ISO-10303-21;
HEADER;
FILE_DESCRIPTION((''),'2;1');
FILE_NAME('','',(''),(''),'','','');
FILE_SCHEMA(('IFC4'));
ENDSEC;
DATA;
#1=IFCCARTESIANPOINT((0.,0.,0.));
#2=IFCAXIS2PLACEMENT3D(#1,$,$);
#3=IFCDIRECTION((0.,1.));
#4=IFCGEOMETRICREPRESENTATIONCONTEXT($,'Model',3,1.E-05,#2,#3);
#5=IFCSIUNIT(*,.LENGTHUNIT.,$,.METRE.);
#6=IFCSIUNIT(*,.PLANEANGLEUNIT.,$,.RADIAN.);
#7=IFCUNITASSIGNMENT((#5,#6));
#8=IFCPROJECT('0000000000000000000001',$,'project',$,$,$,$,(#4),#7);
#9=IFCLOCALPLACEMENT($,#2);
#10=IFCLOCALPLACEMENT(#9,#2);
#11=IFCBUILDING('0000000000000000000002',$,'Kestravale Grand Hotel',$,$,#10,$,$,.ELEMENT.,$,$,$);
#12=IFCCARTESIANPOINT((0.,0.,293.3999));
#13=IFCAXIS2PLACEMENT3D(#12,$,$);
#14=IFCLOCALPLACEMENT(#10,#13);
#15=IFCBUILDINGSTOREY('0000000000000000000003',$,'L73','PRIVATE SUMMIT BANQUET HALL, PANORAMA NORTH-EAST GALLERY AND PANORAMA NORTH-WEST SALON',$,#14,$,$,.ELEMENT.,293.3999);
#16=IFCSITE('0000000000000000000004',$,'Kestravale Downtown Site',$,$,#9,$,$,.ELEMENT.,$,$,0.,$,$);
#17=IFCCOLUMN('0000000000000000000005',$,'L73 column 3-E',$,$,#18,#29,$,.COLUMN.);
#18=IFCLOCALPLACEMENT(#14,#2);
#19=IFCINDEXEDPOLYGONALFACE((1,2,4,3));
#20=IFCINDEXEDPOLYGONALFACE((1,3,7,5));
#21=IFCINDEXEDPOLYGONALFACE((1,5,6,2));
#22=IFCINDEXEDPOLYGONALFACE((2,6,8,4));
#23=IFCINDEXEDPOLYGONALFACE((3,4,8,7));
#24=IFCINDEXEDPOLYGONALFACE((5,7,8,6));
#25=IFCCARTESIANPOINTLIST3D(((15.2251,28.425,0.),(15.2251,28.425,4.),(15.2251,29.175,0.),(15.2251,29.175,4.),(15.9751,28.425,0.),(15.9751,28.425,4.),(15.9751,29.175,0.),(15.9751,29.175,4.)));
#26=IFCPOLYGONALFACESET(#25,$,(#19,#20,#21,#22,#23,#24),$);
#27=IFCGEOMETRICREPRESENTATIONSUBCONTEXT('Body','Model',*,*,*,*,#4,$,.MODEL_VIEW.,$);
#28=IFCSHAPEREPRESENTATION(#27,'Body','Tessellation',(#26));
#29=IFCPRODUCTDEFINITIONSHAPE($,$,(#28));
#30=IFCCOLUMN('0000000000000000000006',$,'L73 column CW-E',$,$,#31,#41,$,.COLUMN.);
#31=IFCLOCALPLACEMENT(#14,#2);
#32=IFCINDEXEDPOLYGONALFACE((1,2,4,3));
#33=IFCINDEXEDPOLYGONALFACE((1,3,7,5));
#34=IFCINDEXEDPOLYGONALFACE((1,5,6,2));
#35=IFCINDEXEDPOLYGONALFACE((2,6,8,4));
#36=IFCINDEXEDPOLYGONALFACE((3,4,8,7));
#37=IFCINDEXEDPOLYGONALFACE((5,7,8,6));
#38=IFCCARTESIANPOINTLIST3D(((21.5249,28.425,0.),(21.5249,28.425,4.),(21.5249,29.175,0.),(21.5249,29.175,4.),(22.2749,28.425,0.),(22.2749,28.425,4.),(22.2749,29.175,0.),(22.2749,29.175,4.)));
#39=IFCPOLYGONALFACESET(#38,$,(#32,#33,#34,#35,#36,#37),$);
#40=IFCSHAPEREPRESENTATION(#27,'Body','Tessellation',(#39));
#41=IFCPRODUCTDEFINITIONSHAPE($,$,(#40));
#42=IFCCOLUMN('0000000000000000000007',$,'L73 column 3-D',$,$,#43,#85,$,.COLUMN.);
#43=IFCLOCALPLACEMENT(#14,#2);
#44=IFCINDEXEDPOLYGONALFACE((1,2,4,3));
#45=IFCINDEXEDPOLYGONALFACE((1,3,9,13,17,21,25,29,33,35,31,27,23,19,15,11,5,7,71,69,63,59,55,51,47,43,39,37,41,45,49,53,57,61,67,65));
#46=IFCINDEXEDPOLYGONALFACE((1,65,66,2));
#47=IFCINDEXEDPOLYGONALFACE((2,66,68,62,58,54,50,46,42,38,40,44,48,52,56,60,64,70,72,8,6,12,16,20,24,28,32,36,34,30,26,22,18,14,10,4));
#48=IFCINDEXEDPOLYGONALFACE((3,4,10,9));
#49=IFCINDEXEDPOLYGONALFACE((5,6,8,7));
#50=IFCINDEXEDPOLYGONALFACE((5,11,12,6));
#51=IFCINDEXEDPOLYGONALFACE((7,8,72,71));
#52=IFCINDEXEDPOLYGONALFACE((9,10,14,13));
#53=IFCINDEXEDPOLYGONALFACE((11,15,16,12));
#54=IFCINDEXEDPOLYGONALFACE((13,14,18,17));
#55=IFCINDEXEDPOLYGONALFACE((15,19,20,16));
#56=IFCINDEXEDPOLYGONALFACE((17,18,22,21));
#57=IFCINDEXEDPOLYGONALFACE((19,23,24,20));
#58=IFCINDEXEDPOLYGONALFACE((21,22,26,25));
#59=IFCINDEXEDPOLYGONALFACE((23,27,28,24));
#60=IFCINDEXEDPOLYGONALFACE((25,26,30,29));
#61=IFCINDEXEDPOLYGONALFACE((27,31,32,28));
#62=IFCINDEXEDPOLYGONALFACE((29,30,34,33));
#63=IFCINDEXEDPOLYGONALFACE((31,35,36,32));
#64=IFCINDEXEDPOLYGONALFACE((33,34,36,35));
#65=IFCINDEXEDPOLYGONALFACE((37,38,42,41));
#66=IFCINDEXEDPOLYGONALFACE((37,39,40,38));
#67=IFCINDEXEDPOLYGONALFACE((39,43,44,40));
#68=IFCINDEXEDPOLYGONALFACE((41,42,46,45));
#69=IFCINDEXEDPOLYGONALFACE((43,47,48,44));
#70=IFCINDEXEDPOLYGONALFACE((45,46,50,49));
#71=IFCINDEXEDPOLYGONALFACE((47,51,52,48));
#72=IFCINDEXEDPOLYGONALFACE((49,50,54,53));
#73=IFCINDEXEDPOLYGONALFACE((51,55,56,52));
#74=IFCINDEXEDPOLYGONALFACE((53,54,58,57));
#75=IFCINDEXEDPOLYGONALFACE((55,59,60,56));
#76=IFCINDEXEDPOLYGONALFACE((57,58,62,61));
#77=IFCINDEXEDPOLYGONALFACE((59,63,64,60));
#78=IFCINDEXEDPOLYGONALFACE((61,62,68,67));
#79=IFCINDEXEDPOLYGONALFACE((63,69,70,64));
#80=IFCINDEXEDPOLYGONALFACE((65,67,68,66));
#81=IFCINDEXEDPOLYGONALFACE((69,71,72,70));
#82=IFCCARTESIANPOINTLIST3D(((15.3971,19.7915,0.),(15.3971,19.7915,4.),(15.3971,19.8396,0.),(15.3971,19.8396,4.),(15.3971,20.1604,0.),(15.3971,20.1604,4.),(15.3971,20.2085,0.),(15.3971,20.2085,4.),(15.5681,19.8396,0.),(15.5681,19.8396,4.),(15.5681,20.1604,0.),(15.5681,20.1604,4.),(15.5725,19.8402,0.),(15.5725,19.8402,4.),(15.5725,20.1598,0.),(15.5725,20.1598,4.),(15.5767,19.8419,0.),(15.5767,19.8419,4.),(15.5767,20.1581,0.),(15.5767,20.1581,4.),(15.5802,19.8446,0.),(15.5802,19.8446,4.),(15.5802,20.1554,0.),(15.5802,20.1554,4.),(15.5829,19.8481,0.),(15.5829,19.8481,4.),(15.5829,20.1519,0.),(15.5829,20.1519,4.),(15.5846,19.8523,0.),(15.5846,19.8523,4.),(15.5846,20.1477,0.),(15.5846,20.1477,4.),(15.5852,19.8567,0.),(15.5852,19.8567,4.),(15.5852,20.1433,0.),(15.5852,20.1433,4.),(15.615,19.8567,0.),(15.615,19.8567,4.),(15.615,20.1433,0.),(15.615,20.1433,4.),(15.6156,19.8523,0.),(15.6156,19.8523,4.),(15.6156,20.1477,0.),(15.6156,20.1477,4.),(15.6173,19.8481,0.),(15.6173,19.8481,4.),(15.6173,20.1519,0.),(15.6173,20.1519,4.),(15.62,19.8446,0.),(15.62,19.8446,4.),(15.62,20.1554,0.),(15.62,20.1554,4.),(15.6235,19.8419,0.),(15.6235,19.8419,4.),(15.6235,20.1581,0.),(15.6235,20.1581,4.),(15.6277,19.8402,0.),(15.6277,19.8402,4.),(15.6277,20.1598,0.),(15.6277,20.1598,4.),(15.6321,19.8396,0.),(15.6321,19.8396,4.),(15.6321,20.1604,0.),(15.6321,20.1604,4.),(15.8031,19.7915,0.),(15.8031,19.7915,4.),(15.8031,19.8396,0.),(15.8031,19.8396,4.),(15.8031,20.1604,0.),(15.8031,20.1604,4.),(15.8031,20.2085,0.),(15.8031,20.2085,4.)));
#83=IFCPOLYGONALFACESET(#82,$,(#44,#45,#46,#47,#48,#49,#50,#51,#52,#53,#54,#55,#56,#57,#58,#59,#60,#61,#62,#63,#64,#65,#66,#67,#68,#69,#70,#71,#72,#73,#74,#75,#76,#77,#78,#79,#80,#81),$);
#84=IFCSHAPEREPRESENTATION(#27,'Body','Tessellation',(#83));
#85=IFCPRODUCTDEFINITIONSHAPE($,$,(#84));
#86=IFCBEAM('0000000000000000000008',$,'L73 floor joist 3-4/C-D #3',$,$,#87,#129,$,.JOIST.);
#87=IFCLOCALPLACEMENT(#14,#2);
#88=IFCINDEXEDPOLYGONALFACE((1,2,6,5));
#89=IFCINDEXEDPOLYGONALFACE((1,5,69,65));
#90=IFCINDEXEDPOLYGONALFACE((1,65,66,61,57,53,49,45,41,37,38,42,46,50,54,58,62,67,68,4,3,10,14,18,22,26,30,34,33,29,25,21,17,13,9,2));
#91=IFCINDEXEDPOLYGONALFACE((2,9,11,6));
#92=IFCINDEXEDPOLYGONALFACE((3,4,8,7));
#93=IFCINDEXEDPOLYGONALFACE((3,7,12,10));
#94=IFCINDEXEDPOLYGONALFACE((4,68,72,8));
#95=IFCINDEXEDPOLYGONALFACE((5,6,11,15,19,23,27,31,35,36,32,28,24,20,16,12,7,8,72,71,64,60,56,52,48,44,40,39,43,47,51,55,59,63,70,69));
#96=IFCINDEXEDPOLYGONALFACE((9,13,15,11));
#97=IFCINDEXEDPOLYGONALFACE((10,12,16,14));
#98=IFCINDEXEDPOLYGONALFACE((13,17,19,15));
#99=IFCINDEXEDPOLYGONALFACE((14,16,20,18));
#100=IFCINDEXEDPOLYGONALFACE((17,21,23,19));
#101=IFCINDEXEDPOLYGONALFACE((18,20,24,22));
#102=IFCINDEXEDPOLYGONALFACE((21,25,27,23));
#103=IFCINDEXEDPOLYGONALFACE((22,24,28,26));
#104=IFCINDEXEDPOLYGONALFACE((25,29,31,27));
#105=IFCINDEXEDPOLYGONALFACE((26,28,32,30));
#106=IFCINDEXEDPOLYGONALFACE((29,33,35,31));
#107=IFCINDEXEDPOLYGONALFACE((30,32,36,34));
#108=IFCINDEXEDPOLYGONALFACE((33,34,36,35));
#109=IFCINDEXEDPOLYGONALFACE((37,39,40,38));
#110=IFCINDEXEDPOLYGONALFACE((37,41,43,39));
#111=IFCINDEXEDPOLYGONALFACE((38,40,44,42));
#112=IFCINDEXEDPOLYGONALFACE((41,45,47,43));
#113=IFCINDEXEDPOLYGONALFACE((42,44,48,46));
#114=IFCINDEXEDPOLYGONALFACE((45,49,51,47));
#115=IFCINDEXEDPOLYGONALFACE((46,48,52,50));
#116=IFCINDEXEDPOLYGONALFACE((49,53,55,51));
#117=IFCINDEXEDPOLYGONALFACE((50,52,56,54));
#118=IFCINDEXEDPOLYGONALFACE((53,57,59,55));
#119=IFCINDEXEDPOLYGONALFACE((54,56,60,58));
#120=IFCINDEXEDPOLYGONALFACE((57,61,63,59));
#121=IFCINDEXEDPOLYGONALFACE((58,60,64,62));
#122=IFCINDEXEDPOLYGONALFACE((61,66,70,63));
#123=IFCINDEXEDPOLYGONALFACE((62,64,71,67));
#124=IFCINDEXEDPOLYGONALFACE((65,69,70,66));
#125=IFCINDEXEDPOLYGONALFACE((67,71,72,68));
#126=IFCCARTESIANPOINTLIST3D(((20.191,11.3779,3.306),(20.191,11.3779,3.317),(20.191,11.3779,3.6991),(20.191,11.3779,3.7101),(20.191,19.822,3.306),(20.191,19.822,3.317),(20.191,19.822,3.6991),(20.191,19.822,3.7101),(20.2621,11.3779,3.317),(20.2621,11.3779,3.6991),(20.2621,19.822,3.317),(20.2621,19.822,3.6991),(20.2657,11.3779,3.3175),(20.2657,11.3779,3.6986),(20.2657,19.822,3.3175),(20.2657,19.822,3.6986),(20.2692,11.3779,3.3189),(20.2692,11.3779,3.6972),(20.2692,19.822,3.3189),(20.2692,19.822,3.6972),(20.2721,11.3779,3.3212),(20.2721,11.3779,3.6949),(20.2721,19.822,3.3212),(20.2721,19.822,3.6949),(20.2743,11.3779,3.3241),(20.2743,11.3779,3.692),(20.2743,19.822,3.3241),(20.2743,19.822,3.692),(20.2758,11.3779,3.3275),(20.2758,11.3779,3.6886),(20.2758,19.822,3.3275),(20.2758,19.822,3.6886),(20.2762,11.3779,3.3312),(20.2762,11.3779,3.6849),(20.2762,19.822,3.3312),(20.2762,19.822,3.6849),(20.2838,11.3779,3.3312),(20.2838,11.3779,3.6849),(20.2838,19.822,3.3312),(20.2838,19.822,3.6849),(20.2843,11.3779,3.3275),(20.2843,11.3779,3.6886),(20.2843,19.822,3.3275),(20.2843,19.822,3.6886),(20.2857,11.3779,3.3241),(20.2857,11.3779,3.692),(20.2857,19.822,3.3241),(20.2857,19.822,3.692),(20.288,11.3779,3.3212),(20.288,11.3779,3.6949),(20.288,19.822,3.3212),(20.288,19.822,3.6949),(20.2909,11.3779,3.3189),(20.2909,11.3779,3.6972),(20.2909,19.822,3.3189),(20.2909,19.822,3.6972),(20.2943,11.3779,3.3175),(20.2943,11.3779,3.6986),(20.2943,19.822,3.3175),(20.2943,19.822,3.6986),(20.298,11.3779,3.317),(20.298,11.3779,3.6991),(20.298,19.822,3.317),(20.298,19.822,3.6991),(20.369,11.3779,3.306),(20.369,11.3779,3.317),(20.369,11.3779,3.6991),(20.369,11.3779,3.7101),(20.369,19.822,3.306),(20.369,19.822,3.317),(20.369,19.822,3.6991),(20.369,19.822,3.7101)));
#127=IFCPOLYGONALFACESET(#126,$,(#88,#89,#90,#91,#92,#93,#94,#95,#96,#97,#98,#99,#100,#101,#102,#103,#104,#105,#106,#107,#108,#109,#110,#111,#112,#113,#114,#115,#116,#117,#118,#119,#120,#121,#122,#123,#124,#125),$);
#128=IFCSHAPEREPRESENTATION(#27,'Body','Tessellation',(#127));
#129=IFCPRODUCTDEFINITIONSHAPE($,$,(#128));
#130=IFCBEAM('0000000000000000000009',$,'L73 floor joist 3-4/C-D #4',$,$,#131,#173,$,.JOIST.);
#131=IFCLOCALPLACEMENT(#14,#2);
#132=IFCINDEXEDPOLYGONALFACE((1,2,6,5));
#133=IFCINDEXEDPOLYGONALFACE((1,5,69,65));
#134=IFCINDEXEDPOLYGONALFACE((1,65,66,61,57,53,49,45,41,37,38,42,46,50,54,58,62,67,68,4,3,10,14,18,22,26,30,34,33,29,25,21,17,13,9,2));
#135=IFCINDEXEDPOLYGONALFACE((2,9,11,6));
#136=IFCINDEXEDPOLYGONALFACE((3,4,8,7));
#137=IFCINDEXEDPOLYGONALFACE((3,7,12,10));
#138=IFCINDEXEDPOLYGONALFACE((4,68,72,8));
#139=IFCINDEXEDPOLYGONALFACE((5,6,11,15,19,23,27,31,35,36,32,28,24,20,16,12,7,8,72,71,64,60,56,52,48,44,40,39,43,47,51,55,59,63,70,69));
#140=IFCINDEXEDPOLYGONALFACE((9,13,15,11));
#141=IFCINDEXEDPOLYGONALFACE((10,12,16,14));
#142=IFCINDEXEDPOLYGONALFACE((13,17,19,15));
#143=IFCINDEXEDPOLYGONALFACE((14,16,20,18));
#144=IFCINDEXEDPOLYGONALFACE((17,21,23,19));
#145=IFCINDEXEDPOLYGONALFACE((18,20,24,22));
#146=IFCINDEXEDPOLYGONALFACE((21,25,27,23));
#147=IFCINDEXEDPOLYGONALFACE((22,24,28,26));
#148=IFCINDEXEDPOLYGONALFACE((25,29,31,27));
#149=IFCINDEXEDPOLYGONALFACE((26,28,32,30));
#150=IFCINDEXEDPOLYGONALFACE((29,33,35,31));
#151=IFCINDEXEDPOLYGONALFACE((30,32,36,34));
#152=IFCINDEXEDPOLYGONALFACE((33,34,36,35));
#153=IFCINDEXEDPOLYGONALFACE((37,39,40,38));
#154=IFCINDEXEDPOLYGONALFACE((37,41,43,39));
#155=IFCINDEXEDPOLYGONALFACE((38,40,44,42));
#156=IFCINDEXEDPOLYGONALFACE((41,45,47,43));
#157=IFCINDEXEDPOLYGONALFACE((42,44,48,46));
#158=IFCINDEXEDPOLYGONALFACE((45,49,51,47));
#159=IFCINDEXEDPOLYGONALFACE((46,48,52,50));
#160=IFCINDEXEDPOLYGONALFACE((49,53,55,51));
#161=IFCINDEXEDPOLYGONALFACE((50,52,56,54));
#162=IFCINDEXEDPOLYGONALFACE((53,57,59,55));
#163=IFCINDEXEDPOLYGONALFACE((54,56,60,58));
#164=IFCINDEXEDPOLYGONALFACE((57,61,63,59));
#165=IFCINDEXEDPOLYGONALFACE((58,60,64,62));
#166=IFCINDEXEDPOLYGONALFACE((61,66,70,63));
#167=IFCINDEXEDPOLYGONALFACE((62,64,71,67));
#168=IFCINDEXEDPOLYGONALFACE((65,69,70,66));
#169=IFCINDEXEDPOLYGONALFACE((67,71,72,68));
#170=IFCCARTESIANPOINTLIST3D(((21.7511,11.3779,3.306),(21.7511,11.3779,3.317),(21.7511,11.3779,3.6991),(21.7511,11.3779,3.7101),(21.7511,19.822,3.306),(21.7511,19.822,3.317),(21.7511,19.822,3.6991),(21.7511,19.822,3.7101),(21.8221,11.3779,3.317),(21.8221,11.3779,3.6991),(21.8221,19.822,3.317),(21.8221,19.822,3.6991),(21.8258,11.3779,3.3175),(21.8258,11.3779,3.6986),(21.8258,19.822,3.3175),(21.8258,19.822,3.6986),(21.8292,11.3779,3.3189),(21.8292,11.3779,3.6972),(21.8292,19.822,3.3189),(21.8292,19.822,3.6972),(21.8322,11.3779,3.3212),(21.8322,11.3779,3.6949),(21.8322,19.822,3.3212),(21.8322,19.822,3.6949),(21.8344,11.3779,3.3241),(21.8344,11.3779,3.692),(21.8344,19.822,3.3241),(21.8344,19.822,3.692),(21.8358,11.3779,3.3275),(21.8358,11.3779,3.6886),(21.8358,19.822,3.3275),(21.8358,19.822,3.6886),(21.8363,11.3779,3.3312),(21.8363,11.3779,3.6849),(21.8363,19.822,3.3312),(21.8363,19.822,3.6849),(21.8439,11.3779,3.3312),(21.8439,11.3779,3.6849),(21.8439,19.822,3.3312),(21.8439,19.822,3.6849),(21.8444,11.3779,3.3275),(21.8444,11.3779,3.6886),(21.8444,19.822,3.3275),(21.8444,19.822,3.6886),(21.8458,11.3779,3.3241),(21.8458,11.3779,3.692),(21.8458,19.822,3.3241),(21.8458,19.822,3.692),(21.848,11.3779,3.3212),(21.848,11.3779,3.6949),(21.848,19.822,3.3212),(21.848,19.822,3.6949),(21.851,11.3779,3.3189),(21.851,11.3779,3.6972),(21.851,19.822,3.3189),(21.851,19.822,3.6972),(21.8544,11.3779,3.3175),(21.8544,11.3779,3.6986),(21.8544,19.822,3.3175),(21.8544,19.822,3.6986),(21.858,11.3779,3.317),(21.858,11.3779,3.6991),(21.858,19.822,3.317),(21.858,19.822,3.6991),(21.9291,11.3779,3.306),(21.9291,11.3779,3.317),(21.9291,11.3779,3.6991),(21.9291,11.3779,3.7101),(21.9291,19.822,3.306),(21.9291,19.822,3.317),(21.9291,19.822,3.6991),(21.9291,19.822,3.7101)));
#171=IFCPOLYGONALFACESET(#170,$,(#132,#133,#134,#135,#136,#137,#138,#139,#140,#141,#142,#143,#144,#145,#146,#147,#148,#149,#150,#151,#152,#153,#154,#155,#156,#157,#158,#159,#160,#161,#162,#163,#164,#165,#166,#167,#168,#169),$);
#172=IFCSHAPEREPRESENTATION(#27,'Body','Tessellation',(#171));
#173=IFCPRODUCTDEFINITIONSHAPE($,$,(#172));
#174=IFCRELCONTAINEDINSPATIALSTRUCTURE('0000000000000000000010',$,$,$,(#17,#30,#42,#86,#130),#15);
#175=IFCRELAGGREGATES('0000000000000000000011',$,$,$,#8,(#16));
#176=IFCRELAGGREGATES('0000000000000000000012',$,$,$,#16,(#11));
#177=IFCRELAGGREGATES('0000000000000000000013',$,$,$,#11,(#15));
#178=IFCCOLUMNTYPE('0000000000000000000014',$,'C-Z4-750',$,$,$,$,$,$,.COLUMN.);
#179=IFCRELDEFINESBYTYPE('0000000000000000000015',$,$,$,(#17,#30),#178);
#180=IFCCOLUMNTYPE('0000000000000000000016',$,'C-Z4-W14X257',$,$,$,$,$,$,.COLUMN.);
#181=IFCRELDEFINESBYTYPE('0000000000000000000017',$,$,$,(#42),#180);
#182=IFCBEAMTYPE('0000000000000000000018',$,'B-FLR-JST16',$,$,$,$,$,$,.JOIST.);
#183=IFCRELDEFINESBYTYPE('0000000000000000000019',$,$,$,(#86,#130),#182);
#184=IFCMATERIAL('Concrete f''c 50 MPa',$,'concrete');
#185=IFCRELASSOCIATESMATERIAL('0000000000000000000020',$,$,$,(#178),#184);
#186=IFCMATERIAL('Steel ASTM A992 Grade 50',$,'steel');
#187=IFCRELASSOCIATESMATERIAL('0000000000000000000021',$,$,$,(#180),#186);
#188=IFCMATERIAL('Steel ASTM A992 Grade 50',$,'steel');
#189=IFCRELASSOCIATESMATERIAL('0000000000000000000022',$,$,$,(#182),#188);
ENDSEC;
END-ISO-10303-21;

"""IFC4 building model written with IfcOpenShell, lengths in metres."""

from ifc_helpers import new_model, si_unit, direction, frame, origin, origin_2d, place, context, subcontext, project, spatial, rectangle, i_section, extrude, material, material_profile, profile_set, type_object, element, save


model = new_model("IFC4")

# Units and contexts
model_context = context("Model", 3, precision=1e-05, world=origin(), true_north=direction((0.0, 1.0)))
body_context = subcontext(model_context, "Body", "Model", "MODEL_VIEW")
ifc_project = project(units=[si_unit("LENGTHUNIT", "METRE"), si_unit("PLANEANGLEUNIT", "RADIAN")], contexts=[model_context])

# Site, building, storey
site_placement = place(None, origin())
site = spatial("IfcSite", under=ifc_project, at=site_placement, Name="Kestravale Downtown Site", CompositionType="ELEMENT", RefElevation=0.0)
building_placement = place(site_placement, origin())
building = spatial("IfcBuilding", under=site, at=building_placement, Name="Kestravale Grand Hotel", CompositionType="ELEMENT")
storey_placement = place(building_placement, frame((0.0, 0.0, 293.3999)))
storey = spatial("IfcBuildingStorey", under=building, at=storey_placement, Name="L73", Description="PRIVATE SUMMIT BANQUET HALL, PANORAMA NORTH-EAST GALLERY AND PANORAMA NORTH-WEST SALON", CompositionType="ELEMENT", Elevation=293.3999)

# Columns
ifc_material_1 = material(Name="Concrete f'c 50 MPa", Category="concrete")
ifc_material_profile_1 = material_profile(ifc_material_1, rectangle(XDim=0.75, YDim=0.75, at=origin_2d()))
ifc_profile_set_1 = profile_set([ifc_material_profile_1], Name="Concrete f'c 50 MPa")
column_type_1 = type_object("IfcColumnType", Name="C-Z4-750", PredefinedType="COLUMN", material=ifc_profile_set_1)
for number, where, z_axis, x_axis, name in (
    (1, (15.6001, 28.8, 0.0), (0.0, 0.0, 1.0), (1.0, 0.0, 0.0), "L73 column 3-E"),
    (2, (21.8999, 28.8, 0.0), (0.0, 0.0, 1.0), (1.0, 0.0, 0.0), "L73 column CW-E"),
):
    element("IfcColumn", number, at=place(storey_placement, frame(where, z_axis=z_axis, x_axis=x_axis)), inside=storey, type_object=column_type_1, Name=name, PredefinedType="COLUMN", context=body_context, shape_type="SweptSolid", body=[
        extrude(rectangle(XDim=0.75, YDim=0.75, at=origin_2d()), origin(), (0.0, 0.0, 1.0), 4.0),
    ])
ifc_material_2 = material(Name="Steel ASTM A992 Grade 50", Category="steel")
ifc_material_profile_2 = material_profile(ifc_material_2, i_section(OverallWidth=0.406, OverallDepth=0.417, WebThickness=0.0298, FlangeThickness=0.0481, FilletRadius=0.0171, at=origin_2d()))
ifc_profile_set_2 = profile_set([ifc_material_profile_2], Name="Steel ASTM A992 Grade 50")
column_type_2 = type_object("IfcColumnType", Name="C-Z4-W14X257", PredefinedType="COLUMN", material=ifc_profile_set_2)
column_placement = place(storey_placement, frame((15.6001, 20.0, 0.0), z_axis=(0.0, 0.0, 1.0), x_axis=(1.0, 0.0, 0.0)))
element("IfcColumn", 3, at=column_placement, inside=storey, type_object=column_type_2, Name="L73 column 3-D", PredefinedType="COLUMN", context=body_context, shape_type="SweptSolid", body=[
    extrude(i_section(OverallWidth=0.406, OverallDepth=0.417, WebThickness=0.0298, FlangeThickness=0.0481, FilletRadius=0.0171, at=origin_2d()), origin(), (0.0, 0.0, 1.0), 4.0),
])

# Beams
ifc_material_3 = material(Name="Steel ASTM A992 Grade 50", Category="steel")
ifc_material_profile_3 = material_profile(ifc_material_3, i_section(OverallWidth=0.178, OverallDepth=0.4041, WebThickness=0.0076, FlangeThickness=0.011, FilletRadius=0.0142, at=origin_2d()))
ifc_profile_set_3 = profile_set([ifc_material_profile_3], Name="Steel ASTM A992 Grade 50")
beam_type_1 = type_object("IfcBeamType", Name="B-FLR-JST16", PredefinedType="JOIST", material=ifc_profile_set_3)
for number, where, z_axis, x_axis, name in (
    (4, (20.28, 11.3779, 3.5081), (0.0, 1.0, 0.0), (-1.0, 0.0, 0.0), "L73 floor joist 3-4/C-D #3"),
    (5, (21.8401, 11.3779, 3.5081), (0.0, 1.0, 0.0), (-1.0, 0.0, 0.0), "L73 floor joist 3-4/C-D #4"),
):
    element("IfcBeam", number, at=place(storey_placement, frame(where, z_axis=z_axis, x_axis=x_axis)), inside=storey, type_object=beam_type_1, Name=name, PredefinedType="JOIST", context=body_context, shape_type="SweptSolid", body=[
        extrude(i_section(OverallWidth=0.178, OverallDepth=0.4041, WebThickness=0.0076, FlangeThickness=0.011, FilletRadius=0.0142, at=origin_2d()), origin(), (0.0, 0.0, 1.0), 8.4441),
    ])

save(model, "model.ifc")
